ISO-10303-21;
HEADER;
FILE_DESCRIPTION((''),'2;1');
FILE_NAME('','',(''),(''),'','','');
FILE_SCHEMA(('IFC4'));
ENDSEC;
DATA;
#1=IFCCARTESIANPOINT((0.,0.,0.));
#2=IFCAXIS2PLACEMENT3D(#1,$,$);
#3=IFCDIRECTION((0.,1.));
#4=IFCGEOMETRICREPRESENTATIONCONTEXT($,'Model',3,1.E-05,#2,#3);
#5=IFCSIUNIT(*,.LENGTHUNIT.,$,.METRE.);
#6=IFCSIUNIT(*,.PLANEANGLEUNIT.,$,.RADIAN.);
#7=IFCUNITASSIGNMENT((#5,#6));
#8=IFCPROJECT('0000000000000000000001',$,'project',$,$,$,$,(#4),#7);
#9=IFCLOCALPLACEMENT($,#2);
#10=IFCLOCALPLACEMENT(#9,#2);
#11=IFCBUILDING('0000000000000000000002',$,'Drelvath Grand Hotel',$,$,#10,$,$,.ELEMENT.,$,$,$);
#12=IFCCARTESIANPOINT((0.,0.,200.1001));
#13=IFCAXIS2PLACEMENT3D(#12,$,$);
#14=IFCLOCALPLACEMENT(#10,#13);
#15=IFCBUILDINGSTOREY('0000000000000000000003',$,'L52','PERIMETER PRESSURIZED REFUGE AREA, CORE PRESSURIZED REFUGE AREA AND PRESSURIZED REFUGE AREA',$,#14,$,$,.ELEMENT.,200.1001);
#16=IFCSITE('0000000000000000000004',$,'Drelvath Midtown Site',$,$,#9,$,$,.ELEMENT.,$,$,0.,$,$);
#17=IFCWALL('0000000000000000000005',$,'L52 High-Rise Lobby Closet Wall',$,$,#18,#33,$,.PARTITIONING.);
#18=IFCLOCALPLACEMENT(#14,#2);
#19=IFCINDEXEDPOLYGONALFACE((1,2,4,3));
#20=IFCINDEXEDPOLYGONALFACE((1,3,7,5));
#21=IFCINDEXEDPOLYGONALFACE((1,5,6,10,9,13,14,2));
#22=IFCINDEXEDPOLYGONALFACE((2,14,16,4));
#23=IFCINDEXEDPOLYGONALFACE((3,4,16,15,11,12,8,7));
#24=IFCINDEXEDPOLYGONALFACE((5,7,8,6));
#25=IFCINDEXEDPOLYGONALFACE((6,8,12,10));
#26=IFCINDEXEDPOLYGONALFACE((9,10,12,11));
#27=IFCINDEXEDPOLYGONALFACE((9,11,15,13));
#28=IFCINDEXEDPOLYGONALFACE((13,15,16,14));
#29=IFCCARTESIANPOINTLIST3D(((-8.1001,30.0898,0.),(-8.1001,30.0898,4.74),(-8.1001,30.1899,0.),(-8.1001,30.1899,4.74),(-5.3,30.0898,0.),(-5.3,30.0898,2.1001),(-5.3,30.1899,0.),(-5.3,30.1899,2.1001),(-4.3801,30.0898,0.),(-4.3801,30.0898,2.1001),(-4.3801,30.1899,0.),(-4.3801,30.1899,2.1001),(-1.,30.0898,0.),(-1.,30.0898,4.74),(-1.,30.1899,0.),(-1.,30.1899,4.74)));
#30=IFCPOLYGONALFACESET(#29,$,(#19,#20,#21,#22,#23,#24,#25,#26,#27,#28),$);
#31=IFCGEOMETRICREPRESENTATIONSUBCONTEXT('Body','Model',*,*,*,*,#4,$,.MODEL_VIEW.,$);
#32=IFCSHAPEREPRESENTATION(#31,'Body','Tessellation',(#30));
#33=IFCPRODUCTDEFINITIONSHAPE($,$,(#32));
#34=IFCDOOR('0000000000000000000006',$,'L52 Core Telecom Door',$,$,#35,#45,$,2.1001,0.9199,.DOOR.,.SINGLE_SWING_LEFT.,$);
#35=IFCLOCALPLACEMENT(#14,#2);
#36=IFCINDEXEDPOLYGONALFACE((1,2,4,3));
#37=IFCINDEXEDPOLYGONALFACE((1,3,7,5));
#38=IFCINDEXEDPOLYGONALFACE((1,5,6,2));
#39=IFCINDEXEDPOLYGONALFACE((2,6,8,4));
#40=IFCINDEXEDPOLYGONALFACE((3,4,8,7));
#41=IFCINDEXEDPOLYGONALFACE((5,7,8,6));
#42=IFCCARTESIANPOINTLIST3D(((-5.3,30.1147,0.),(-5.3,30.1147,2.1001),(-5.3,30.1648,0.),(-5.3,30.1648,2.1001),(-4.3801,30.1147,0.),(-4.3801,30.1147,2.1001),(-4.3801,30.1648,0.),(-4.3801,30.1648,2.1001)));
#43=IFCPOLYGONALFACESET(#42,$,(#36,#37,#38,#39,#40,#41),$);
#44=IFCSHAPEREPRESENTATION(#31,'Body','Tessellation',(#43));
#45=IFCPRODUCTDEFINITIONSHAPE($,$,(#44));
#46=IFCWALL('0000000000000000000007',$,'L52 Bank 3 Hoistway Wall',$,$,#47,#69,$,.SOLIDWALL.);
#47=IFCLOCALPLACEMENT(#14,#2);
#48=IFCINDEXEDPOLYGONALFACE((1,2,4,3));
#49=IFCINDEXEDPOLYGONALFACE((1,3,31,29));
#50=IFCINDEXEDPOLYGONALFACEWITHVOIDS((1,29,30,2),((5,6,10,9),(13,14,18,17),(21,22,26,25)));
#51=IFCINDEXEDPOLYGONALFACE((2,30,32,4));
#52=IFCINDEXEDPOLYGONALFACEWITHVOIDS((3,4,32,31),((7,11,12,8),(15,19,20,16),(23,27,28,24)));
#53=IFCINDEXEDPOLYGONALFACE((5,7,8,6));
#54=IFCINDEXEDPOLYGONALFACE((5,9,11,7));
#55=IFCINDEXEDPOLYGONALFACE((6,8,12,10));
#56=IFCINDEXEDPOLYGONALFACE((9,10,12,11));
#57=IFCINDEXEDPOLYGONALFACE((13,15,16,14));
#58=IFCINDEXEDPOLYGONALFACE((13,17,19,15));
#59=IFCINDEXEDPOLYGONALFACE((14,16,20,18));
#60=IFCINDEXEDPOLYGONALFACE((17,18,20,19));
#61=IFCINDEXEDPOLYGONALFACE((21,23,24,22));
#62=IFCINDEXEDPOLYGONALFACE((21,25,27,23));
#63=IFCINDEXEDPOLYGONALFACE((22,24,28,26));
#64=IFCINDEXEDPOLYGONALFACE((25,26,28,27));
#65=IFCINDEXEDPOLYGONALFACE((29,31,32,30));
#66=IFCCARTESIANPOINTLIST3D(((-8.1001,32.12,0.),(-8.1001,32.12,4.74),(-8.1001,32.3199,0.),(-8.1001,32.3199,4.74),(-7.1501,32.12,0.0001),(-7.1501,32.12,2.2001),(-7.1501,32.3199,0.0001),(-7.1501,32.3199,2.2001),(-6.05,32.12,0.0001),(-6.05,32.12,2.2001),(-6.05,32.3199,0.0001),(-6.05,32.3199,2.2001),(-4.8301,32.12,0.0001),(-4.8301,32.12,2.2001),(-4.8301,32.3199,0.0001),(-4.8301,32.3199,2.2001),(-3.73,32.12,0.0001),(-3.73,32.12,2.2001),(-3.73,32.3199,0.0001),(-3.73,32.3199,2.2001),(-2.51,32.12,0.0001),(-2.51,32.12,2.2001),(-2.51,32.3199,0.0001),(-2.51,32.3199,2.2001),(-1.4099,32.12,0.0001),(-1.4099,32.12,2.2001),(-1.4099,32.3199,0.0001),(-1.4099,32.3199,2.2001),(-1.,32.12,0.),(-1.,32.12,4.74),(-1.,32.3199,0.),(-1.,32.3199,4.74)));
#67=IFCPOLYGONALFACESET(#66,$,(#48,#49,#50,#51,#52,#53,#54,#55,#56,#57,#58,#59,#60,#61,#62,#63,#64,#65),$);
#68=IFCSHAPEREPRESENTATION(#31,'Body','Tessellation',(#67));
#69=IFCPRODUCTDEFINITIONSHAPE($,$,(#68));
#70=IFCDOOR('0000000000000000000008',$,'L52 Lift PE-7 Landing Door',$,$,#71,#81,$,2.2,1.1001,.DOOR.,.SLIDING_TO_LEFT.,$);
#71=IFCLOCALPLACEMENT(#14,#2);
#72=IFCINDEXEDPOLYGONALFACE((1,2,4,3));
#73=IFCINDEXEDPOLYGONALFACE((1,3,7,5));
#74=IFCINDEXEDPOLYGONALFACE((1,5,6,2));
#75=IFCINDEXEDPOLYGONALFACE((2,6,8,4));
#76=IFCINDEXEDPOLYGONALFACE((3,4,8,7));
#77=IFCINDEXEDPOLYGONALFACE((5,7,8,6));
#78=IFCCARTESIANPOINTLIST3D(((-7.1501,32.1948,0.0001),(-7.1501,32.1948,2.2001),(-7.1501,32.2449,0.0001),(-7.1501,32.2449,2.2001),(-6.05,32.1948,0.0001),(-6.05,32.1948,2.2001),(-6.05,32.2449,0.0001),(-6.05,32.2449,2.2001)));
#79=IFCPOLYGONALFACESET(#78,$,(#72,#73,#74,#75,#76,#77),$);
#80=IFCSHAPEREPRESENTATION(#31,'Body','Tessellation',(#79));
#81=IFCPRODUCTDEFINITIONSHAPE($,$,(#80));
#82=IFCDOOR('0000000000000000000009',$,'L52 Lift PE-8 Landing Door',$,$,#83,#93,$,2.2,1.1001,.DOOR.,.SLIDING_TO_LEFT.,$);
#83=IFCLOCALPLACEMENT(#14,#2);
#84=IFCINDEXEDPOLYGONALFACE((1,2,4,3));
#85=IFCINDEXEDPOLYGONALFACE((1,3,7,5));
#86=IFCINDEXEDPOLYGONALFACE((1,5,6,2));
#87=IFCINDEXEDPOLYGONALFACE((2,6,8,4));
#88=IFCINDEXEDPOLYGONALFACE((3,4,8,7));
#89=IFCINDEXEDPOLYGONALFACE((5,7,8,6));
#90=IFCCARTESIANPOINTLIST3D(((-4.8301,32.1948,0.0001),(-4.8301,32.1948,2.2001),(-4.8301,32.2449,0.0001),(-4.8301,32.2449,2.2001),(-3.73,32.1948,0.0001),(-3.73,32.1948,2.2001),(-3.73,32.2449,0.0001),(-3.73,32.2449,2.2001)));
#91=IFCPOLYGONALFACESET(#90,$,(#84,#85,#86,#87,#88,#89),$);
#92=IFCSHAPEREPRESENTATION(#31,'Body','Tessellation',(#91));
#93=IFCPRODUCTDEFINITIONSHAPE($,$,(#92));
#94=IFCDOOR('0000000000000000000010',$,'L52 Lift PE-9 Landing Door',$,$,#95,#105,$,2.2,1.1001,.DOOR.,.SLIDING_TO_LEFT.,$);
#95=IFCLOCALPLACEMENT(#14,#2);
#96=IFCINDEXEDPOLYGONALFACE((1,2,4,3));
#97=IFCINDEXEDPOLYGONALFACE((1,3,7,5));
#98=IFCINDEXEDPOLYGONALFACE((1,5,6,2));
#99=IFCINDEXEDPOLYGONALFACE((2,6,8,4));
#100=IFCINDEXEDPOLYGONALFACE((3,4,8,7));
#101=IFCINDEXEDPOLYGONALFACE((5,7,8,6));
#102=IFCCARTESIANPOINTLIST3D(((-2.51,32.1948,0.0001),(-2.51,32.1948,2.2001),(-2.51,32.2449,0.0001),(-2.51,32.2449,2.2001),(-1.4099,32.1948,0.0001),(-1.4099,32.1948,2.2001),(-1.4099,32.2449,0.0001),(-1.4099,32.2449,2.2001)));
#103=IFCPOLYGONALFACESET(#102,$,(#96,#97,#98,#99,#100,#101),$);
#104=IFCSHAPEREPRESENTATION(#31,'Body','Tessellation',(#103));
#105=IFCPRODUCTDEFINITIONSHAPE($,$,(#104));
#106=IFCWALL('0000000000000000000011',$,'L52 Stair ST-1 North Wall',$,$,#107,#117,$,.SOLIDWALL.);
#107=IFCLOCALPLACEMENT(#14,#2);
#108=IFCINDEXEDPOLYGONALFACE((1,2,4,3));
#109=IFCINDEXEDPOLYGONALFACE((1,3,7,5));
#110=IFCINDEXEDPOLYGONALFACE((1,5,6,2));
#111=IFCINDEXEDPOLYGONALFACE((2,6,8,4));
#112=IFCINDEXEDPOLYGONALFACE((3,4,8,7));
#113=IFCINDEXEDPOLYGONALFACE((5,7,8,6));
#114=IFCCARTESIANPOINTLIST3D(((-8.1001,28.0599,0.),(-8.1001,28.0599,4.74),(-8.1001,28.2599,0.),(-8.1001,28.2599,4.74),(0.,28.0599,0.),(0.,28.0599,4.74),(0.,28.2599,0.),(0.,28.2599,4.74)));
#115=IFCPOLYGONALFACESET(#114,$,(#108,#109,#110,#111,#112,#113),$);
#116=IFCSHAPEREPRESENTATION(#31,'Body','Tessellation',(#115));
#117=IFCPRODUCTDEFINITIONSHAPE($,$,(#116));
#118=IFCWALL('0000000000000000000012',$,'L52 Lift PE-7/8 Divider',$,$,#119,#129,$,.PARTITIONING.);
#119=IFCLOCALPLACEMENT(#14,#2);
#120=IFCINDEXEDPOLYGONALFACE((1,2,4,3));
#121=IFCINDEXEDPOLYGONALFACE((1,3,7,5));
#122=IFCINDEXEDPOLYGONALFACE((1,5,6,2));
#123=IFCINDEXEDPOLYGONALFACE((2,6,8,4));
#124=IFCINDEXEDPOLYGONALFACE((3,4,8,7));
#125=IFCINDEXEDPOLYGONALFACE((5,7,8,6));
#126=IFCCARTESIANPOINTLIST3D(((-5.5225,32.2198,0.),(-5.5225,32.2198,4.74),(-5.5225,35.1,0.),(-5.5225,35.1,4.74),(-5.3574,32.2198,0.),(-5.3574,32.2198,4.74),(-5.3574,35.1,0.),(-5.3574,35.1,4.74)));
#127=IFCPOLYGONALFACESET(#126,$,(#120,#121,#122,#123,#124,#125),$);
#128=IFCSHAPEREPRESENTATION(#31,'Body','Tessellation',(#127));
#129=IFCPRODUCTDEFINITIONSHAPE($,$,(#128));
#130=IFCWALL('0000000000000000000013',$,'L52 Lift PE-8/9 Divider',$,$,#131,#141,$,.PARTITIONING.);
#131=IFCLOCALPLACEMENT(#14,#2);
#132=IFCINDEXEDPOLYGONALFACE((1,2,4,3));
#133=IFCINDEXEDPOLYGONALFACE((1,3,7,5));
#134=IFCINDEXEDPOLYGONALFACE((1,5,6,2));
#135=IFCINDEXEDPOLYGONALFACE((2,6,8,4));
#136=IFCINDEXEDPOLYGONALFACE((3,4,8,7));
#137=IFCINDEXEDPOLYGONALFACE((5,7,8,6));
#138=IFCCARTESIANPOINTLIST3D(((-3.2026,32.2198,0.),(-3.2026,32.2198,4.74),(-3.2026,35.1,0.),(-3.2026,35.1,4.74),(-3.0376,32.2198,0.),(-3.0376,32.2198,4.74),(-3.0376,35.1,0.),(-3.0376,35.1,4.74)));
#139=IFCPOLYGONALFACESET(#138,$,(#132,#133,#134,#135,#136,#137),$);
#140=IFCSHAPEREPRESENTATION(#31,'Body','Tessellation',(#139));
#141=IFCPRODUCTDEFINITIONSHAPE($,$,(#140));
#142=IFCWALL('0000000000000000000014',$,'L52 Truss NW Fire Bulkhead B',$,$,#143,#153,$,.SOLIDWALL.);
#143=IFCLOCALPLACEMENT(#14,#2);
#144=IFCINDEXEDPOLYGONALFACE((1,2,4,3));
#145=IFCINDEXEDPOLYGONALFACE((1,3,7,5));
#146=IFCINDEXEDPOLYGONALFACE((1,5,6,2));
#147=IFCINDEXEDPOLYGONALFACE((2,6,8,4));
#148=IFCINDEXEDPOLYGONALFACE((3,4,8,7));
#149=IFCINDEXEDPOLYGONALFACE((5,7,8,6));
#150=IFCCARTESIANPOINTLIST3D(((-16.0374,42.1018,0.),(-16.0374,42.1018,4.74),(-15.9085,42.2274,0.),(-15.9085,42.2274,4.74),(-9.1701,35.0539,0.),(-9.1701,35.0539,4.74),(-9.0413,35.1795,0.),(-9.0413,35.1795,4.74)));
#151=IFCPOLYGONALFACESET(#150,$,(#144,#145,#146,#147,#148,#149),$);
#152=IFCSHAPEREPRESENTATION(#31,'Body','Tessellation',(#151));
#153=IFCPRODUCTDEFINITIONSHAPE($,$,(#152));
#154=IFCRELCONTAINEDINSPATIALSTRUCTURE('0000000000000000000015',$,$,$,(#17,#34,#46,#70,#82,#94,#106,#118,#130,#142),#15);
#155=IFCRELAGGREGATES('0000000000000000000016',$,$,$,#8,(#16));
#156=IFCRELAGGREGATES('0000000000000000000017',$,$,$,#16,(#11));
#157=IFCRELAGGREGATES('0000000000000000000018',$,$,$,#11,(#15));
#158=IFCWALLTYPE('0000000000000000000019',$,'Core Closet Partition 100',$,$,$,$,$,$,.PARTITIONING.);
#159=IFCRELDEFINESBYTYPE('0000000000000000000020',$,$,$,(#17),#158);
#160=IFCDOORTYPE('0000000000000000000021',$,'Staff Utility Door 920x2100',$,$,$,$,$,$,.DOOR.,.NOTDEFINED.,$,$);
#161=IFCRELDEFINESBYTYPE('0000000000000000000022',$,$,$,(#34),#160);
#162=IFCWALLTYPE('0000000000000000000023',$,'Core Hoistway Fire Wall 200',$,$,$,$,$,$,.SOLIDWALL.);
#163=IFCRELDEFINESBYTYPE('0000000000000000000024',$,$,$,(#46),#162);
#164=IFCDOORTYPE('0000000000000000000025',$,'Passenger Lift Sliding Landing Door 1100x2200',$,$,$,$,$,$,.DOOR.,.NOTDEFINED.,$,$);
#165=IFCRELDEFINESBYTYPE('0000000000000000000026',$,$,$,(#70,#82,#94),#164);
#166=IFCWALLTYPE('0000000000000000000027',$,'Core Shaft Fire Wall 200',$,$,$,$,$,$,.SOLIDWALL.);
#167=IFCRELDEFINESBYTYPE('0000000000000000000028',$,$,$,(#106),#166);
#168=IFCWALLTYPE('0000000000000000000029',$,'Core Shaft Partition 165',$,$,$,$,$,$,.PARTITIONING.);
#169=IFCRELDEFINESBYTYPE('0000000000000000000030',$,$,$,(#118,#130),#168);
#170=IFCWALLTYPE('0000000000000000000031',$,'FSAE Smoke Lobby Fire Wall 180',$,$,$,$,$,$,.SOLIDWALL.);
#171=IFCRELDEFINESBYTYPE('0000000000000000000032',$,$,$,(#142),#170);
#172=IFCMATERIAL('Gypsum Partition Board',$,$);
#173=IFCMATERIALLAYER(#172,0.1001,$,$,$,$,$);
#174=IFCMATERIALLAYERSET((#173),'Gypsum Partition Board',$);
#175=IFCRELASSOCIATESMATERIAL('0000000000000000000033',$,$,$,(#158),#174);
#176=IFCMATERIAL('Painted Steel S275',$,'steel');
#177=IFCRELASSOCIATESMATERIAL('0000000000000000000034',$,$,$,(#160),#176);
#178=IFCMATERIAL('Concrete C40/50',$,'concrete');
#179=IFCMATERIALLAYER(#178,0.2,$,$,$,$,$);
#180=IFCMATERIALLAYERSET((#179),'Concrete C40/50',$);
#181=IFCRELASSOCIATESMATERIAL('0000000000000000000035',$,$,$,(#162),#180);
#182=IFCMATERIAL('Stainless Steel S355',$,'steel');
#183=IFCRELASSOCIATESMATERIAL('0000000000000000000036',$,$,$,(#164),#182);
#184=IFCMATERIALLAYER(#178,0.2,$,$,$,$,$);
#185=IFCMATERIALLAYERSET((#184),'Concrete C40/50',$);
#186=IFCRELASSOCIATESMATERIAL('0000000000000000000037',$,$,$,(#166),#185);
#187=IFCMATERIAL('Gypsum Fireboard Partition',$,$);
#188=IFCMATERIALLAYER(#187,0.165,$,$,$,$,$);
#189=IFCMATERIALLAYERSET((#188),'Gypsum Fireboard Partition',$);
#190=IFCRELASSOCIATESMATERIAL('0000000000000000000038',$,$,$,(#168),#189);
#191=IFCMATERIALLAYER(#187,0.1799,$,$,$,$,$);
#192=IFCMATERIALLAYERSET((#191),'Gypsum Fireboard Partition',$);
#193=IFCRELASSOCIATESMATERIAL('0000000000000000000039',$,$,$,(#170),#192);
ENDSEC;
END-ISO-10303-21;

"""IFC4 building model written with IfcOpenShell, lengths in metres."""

from ifc_helpers import new_model, si_unit, direction, frame, frame_2d, origin, place, context, subcontext, project, spatial, rectangle, extrude, material, layer, layer_set, type_object, element, fill, save


model = new_model("IFC4")

# Units and contexts
model_context = context("Model", 3, precision=1e-05, world=origin(), true_north=direction((0.0, 1.0)))
body_context = subcontext(model_context, "Body", "Model", "MODEL_VIEW")
ifc_project = project(units=[si_unit("LENGTHUNIT", "METRE"), si_unit("PLANEANGLEUNIT", "RADIAN")], contexts=[model_context])

# Site, building, storey
site_placement = place(None, origin())
site = spatial("IfcSite", under=ifc_project, at=site_placement, Name="Drelvath Midtown Site", CompositionType="ELEMENT", RefElevation=0.0)
building_placement = place(site_placement, origin())
building = spatial("IfcBuilding", under=site, at=building_placement, Name="Drelvath Grand Hotel", CompositionType="ELEMENT")
storey_placement = place(building_placement, frame((0.0, 0.0, 200.1001)))
storey = spatial("IfcBuildingStorey", under=building, at=storey_placement, Name="L52", Description="PERIMETER PRESSURIZED REFUGE AREA, CORE PRESSURIZED REFUGE AREA AND PRESSURIZED REFUGE AREA", CompositionType="ELEMENT", Elevation=200.1001)

# Wall, opening, door
ifc_material_1 = material(Name="Gypsum Partition Board")
ifc_layer_1 = layer(ifc_material_1, 0.1001)
ifc_layer_set_1 = layer_set([ifc_layer_1], Name="Gypsum Partition Board")
wall_type_1 = type_object("IfcWallType", Name="Core Closet Partition 100", PredefinedType="PARTITIONING", material=ifc_layer_set_1)
wall_1_placement = place(storey_placement, frame((-8.1001, 30.1399, 0.0), z_axis=(0.0, 0.0, 1.0), x_axis=(1.0, 0.0, 0.0)))
wall_1 = element("IfcWall", 1, at=wall_1_placement, inside=storey, type_object=wall_type_1, Name="L52 High-Rise Lobby Closet Wall", PredefinedType="PARTITIONING", context=body_context, shape_type="SweptSolid", body=[
    extrude(rectangle(XDim=7.1001, YDim=0.1001, at=frame_2d((3.55, 0.0))), origin(), (0.0, 0.0, 1.0), 4.74),
])
opening_1_placement = place(wall_1_placement, frame((2.8, 0.0, 0.0)))
opening_1 = element("IfcOpeningElement", 2, at=opening_1_placement, cuts=wall_1, PredefinedType="OPENING", context=body_context, shape_type="SweptSolid", body=[
    extrude(rectangle(XDim=0.9199, YDim=2.1001, at=frame_2d((0.46, 1.05))), frame((0.0, 0.0601, 0.0), z_axis=(0.0, -1.0, 0.0), x_axis=(1.0, 0.0, 0.0)), (0.0, 0.0, 1.0), 0.1201),
])
ifc_material_2 = material(Name="Painted Steel S275", Category="steel")
door_type_1 = type_object("IfcDoorType", Name="Staff Utility Door 920x2100", OperationType="NOTDEFINED", PredefinedType="DOOR", material=ifc_material_2)
door_1_placement = place(opening_1_placement, origin())
door_1 = element("IfcDoor", 3, at=door_1_placement, inside=storey, type_object=door_type_1, Name="L52 Core Telecom Door", OperationType="SINGLE_SWING_LEFT", OverallHeight=2.1001, OverallWidth=0.9199, PredefinedType="DOOR", context=body_context, shape_type="SweptSolid", body=[
    extrude(rectangle(XDim=0.9199, YDim=2.1001, at=frame_2d((0.46, 1.05))), frame((0.0, 0.0249, 0.0), z_axis=(0.0, -1.0, 0.0), x_axis=(1.0, 0.0, 0.0)), (0.0, 0.0, 1.0), 0.05),
])
fill(opening_1, door_1)

# Wall, openings, doors
ifc_material_3 = material(Name="Concrete C40/50", Category="concrete")
ifc_layer_2 = layer(ifc_material_3, 0.2)
ifc_layer_set_2 = layer_set([ifc_layer_2], Name="Concrete C40/50")
wall_type_2 = type_object("IfcWallType", Name="Core Hoistway Fire Wall 200", PredefinedType="SOLIDWALL", material=ifc_layer_set_2)
wall_2_placement = place(storey_placement, frame((-8.1001, 32.22, 0.0), z_axis=(0.0, 0.0, 1.0), x_axis=(1.0, 0.0, 0.0)))
wall_2 = element("IfcWall", 4, at=wall_2_placement, inside=storey, type_object=wall_type_2, Name="L52 Bank 3 Hoistway Wall", PredefinedType="SOLIDWALL", context=body_context, shape_type="SweptSolid", body=[
    extrude(rectangle(XDim=7.1001, YDim=0.2, at=frame_2d((3.55, 0.0))), origin(), (0.0, 0.0, 1.0), 4.74),
])
opening_2_placement = place(wall_2_placement, frame((0.95, 0.0, 0.0)))
opening_2 = element("IfcOpeningElement", 5, at=opening_2_placement, cuts=wall_2, PredefinedType="OPENING", context=body_context, shape_type="SweptSolid", body=[
    extrude(rectangle(XDim=1.1001, YDim=2.2, at=frame_2d((0.55, 1.1001))), frame((0.0, 0.1099, 0.0), z_axis=(0.0, -1.0, 0.0), x_axis=(1.0, 0.0, 0.0)), (0.0, 0.0, 1.0), 0.22),
])
opening_3_placement = place(wall_2_placement, frame((3.27, 0.0, 0.0)))
opening_3 = element("IfcOpeningElement", 6, at=opening_3_placement, cuts=wall_2, PredefinedType="OPENING", context=body_context, shape_type="SweptSolid", body=[
    extrude(rectangle(XDim=1.1001, YDim=2.2, at=frame_2d((0.55, 1.1001))), frame((0.0, 0.1099, 0.0), z_axis=(0.0, -1.0, 0.0), x_axis=(1.0, 0.0, 0.0)), (0.0, 0.0, 1.0), 0.22),
])
opening_4_placement = place(wall_2_placement, frame((5.5901, 0.0, 0.0)))
opening_4 = element("IfcOpeningElement", 7, at=opening_4_placement, cuts=wall_2, PredefinedType="OPENING", context=body_context, shape_type="SweptSolid", body=[
    extrude(rectangle(XDim=1.1001, YDim=2.2, at=frame_2d((0.55, 1.1001))), frame((0.0, 0.1099, 0.0), z_axis=(0.0, -1.0, 0.0), x_axis=(1.0, 0.0, 0.0)), (0.0, 0.0, 1.0), 0.22),
])
ifc_material_4 = material(Name="Stainless Steel S355", Category="steel")
door_type_2 = type_object("IfcDoorType", Name="Passenger Lift Sliding Landing Door 1100x2200", OperationType="NOTDEFINED", PredefinedType="DOOR", material=ifc_material_4)
door_2_placement = place(opening_2_placement, origin())
door_2 = element("IfcDoor", 8, at=door_2_placement, inside=storey, type_object=door_type_2, Name="L52 Lift PE-7 Landing Door", OperationType="SLIDING_TO_LEFT", OverallHeight=2.2, OverallWidth=1.1001, PredefinedType="DOOR", context=body_context, shape_type="SweptSolid", body=[
    extrude(rectangle(XDim=1.1001, YDim=2.2, at=frame_2d((0.55, 1.1001))), frame((0.0, 0.0249, 0.0), z_axis=(0.0, -1.0, 0.0), x_axis=(1.0, 0.0, 0.0)), (0.0, 0.0, 1.0), 0.05),
])
fill(opening_2, door_2)
door_3_placement = place(opening_3_placement, origin())
door_3 = element("IfcDoor", 9, at=door_3_placement, inside=storey, type_object=door_type_2, Name="L52 Lift PE-8 Landing Door", OperationType="SLIDING_TO_LEFT", OverallHeight=2.2, OverallWidth=1.1001, PredefinedType="DOOR", context=body_context, shape_type="SweptSolid", body=[
    extrude(rectangle(XDim=1.1001, YDim=2.2, at=frame_2d((0.55, 1.1001))), frame((0.0, 0.0249, 0.0), z_axis=(0.0, -1.0, 0.0), x_axis=(1.0, 0.0, 0.0)), (0.0, 0.0, 1.0), 0.05),
])
fill(opening_3, door_3)
door_4_placement = place(opening_4_placement, origin())
door_4 = element("IfcDoor", 10, at=door_4_placement, inside=storey, type_object=door_type_2, Name="L52 Lift PE-9 Landing Door", OperationType="SLIDING_TO_LEFT", OverallHeight=2.2, OverallWidth=1.1001, PredefinedType="DOOR", context=body_context, shape_type="SweptSolid", body=[
    extrude(rectangle(XDim=1.1001, YDim=2.2, at=frame_2d((0.55, 1.1001))), frame((0.0, 0.0249, 0.0), z_axis=(0.0, -1.0, 0.0), x_axis=(1.0, 0.0, 0.0)), (0.0, 0.0, 1.0), 0.05),
])
fill(opening_4, door_4)

# Walls
ifc_layer_3 = layer(ifc_material_3, 0.2)
ifc_layer_set_3 = layer_set([ifc_layer_3], Name="Concrete C40/50")
wall_type_3 = type_object("IfcWallType", Name="Core Shaft Fire Wall 200", PredefinedType="SOLIDWALL", material=ifc_layer_set_3)
wall_3_placement = place(storey_placement, frame((-8.1001, 28.1599, 0.0), z_axis=(0.0, 0.0, 1.0), x_axis=(1.0, 0.0, 0.0)))
element("IfcWall", 11, at=wall_3_placement, inside=storey, type_object=wall_type_3, Name="L52 Stair ST-1 North Wall", PredefinedType="SOLIDWALL", context=body_context, shape_type="SweptSolid", body=[
    extrude(rectangle(XDim=8.1001, YDim=0.2, at=frame_2d((4.05, 0.0))), origin(), (0.0, 0.0, 1.0), 4.74),
])
ifc_material_5 = material(Name="Gypsum Fireboard Partition")
ifc_layer_4 = layer(ifc_material_5, 0.165)
ifc_layer_set_4 = layer_set([ifc_layer_4], Name="Gypsum Fireboard Partition")
wall_type_4 = type_object("IfcWallType", Name="Core Shaft Partition 165", PredefinedType="PARTITIONING", material=ifc_layer_set_4)
for number, where, z_axis, x_axis, name in (
    (12, (-5.4399, 32.22, 0.0), (0.0, 0.0, 1.0), (0.0, 1.0, 0.0), "L52 Lift PE-7/8 Divider"),
    (13, (-3.1201, 32.22, 0.0), (0.0, 0.0, 1.0), (0.0, 1.0, 0.0), "L52 Lift PE-8/9 Divider"),
):
    element("IfcWall", number, at=place(storey_placement, frame(where, z_axis=z_axis, x_axis=x_axis)), inside=storey, type_object=wall_type_4, Name=name, PredefinedType="PARTITIONING", context=body_context, shape_type="SweptSolid", body=[
        extrude(rectangle(XDim=2.8801, YDim=0.165, at=frame_2d((1.4399, 0.0))), origin(), (0.0, 0.0, 1.0), 4.74),
    ])
ifc_layer_5 = layer(ifc_material_5, 0.1799)
ifc_layer_set_5 = layer_set([ifc_layer_5], Name="Gypsum Fireboard Partition")
wall_type_5 = type_object("IfcWallType", Name="FSAE Smoke Lobby Fire Wall 180", PredefinedType="SOLIDWALL", material=ifc_layer_set_5)
wall_4_placement = place(storey_placement, frame((-9.1057, 35.1167, 0.0), z_axis=(0.0, 0.0, 1.0), x_axis=(-0.697867, 0.716227, 0.0)))
element("IfcWall", 14, at=wall_4_placement, inside=storey, type_object=wall_type_5, Name="L52 Truss NW Fire Bulkhead B", PredefinedType="SOLIDWALL", context=body_context, shape_type="SweptSolid", body=[
    extrude(rectangle(XDim=9.8403, YDim=0.1799, at=frame_2d((4.9202, 0.0))), origin(), (0.0, 0.0, 1.0), 4.74),
])

save(model, "model.ifc")
